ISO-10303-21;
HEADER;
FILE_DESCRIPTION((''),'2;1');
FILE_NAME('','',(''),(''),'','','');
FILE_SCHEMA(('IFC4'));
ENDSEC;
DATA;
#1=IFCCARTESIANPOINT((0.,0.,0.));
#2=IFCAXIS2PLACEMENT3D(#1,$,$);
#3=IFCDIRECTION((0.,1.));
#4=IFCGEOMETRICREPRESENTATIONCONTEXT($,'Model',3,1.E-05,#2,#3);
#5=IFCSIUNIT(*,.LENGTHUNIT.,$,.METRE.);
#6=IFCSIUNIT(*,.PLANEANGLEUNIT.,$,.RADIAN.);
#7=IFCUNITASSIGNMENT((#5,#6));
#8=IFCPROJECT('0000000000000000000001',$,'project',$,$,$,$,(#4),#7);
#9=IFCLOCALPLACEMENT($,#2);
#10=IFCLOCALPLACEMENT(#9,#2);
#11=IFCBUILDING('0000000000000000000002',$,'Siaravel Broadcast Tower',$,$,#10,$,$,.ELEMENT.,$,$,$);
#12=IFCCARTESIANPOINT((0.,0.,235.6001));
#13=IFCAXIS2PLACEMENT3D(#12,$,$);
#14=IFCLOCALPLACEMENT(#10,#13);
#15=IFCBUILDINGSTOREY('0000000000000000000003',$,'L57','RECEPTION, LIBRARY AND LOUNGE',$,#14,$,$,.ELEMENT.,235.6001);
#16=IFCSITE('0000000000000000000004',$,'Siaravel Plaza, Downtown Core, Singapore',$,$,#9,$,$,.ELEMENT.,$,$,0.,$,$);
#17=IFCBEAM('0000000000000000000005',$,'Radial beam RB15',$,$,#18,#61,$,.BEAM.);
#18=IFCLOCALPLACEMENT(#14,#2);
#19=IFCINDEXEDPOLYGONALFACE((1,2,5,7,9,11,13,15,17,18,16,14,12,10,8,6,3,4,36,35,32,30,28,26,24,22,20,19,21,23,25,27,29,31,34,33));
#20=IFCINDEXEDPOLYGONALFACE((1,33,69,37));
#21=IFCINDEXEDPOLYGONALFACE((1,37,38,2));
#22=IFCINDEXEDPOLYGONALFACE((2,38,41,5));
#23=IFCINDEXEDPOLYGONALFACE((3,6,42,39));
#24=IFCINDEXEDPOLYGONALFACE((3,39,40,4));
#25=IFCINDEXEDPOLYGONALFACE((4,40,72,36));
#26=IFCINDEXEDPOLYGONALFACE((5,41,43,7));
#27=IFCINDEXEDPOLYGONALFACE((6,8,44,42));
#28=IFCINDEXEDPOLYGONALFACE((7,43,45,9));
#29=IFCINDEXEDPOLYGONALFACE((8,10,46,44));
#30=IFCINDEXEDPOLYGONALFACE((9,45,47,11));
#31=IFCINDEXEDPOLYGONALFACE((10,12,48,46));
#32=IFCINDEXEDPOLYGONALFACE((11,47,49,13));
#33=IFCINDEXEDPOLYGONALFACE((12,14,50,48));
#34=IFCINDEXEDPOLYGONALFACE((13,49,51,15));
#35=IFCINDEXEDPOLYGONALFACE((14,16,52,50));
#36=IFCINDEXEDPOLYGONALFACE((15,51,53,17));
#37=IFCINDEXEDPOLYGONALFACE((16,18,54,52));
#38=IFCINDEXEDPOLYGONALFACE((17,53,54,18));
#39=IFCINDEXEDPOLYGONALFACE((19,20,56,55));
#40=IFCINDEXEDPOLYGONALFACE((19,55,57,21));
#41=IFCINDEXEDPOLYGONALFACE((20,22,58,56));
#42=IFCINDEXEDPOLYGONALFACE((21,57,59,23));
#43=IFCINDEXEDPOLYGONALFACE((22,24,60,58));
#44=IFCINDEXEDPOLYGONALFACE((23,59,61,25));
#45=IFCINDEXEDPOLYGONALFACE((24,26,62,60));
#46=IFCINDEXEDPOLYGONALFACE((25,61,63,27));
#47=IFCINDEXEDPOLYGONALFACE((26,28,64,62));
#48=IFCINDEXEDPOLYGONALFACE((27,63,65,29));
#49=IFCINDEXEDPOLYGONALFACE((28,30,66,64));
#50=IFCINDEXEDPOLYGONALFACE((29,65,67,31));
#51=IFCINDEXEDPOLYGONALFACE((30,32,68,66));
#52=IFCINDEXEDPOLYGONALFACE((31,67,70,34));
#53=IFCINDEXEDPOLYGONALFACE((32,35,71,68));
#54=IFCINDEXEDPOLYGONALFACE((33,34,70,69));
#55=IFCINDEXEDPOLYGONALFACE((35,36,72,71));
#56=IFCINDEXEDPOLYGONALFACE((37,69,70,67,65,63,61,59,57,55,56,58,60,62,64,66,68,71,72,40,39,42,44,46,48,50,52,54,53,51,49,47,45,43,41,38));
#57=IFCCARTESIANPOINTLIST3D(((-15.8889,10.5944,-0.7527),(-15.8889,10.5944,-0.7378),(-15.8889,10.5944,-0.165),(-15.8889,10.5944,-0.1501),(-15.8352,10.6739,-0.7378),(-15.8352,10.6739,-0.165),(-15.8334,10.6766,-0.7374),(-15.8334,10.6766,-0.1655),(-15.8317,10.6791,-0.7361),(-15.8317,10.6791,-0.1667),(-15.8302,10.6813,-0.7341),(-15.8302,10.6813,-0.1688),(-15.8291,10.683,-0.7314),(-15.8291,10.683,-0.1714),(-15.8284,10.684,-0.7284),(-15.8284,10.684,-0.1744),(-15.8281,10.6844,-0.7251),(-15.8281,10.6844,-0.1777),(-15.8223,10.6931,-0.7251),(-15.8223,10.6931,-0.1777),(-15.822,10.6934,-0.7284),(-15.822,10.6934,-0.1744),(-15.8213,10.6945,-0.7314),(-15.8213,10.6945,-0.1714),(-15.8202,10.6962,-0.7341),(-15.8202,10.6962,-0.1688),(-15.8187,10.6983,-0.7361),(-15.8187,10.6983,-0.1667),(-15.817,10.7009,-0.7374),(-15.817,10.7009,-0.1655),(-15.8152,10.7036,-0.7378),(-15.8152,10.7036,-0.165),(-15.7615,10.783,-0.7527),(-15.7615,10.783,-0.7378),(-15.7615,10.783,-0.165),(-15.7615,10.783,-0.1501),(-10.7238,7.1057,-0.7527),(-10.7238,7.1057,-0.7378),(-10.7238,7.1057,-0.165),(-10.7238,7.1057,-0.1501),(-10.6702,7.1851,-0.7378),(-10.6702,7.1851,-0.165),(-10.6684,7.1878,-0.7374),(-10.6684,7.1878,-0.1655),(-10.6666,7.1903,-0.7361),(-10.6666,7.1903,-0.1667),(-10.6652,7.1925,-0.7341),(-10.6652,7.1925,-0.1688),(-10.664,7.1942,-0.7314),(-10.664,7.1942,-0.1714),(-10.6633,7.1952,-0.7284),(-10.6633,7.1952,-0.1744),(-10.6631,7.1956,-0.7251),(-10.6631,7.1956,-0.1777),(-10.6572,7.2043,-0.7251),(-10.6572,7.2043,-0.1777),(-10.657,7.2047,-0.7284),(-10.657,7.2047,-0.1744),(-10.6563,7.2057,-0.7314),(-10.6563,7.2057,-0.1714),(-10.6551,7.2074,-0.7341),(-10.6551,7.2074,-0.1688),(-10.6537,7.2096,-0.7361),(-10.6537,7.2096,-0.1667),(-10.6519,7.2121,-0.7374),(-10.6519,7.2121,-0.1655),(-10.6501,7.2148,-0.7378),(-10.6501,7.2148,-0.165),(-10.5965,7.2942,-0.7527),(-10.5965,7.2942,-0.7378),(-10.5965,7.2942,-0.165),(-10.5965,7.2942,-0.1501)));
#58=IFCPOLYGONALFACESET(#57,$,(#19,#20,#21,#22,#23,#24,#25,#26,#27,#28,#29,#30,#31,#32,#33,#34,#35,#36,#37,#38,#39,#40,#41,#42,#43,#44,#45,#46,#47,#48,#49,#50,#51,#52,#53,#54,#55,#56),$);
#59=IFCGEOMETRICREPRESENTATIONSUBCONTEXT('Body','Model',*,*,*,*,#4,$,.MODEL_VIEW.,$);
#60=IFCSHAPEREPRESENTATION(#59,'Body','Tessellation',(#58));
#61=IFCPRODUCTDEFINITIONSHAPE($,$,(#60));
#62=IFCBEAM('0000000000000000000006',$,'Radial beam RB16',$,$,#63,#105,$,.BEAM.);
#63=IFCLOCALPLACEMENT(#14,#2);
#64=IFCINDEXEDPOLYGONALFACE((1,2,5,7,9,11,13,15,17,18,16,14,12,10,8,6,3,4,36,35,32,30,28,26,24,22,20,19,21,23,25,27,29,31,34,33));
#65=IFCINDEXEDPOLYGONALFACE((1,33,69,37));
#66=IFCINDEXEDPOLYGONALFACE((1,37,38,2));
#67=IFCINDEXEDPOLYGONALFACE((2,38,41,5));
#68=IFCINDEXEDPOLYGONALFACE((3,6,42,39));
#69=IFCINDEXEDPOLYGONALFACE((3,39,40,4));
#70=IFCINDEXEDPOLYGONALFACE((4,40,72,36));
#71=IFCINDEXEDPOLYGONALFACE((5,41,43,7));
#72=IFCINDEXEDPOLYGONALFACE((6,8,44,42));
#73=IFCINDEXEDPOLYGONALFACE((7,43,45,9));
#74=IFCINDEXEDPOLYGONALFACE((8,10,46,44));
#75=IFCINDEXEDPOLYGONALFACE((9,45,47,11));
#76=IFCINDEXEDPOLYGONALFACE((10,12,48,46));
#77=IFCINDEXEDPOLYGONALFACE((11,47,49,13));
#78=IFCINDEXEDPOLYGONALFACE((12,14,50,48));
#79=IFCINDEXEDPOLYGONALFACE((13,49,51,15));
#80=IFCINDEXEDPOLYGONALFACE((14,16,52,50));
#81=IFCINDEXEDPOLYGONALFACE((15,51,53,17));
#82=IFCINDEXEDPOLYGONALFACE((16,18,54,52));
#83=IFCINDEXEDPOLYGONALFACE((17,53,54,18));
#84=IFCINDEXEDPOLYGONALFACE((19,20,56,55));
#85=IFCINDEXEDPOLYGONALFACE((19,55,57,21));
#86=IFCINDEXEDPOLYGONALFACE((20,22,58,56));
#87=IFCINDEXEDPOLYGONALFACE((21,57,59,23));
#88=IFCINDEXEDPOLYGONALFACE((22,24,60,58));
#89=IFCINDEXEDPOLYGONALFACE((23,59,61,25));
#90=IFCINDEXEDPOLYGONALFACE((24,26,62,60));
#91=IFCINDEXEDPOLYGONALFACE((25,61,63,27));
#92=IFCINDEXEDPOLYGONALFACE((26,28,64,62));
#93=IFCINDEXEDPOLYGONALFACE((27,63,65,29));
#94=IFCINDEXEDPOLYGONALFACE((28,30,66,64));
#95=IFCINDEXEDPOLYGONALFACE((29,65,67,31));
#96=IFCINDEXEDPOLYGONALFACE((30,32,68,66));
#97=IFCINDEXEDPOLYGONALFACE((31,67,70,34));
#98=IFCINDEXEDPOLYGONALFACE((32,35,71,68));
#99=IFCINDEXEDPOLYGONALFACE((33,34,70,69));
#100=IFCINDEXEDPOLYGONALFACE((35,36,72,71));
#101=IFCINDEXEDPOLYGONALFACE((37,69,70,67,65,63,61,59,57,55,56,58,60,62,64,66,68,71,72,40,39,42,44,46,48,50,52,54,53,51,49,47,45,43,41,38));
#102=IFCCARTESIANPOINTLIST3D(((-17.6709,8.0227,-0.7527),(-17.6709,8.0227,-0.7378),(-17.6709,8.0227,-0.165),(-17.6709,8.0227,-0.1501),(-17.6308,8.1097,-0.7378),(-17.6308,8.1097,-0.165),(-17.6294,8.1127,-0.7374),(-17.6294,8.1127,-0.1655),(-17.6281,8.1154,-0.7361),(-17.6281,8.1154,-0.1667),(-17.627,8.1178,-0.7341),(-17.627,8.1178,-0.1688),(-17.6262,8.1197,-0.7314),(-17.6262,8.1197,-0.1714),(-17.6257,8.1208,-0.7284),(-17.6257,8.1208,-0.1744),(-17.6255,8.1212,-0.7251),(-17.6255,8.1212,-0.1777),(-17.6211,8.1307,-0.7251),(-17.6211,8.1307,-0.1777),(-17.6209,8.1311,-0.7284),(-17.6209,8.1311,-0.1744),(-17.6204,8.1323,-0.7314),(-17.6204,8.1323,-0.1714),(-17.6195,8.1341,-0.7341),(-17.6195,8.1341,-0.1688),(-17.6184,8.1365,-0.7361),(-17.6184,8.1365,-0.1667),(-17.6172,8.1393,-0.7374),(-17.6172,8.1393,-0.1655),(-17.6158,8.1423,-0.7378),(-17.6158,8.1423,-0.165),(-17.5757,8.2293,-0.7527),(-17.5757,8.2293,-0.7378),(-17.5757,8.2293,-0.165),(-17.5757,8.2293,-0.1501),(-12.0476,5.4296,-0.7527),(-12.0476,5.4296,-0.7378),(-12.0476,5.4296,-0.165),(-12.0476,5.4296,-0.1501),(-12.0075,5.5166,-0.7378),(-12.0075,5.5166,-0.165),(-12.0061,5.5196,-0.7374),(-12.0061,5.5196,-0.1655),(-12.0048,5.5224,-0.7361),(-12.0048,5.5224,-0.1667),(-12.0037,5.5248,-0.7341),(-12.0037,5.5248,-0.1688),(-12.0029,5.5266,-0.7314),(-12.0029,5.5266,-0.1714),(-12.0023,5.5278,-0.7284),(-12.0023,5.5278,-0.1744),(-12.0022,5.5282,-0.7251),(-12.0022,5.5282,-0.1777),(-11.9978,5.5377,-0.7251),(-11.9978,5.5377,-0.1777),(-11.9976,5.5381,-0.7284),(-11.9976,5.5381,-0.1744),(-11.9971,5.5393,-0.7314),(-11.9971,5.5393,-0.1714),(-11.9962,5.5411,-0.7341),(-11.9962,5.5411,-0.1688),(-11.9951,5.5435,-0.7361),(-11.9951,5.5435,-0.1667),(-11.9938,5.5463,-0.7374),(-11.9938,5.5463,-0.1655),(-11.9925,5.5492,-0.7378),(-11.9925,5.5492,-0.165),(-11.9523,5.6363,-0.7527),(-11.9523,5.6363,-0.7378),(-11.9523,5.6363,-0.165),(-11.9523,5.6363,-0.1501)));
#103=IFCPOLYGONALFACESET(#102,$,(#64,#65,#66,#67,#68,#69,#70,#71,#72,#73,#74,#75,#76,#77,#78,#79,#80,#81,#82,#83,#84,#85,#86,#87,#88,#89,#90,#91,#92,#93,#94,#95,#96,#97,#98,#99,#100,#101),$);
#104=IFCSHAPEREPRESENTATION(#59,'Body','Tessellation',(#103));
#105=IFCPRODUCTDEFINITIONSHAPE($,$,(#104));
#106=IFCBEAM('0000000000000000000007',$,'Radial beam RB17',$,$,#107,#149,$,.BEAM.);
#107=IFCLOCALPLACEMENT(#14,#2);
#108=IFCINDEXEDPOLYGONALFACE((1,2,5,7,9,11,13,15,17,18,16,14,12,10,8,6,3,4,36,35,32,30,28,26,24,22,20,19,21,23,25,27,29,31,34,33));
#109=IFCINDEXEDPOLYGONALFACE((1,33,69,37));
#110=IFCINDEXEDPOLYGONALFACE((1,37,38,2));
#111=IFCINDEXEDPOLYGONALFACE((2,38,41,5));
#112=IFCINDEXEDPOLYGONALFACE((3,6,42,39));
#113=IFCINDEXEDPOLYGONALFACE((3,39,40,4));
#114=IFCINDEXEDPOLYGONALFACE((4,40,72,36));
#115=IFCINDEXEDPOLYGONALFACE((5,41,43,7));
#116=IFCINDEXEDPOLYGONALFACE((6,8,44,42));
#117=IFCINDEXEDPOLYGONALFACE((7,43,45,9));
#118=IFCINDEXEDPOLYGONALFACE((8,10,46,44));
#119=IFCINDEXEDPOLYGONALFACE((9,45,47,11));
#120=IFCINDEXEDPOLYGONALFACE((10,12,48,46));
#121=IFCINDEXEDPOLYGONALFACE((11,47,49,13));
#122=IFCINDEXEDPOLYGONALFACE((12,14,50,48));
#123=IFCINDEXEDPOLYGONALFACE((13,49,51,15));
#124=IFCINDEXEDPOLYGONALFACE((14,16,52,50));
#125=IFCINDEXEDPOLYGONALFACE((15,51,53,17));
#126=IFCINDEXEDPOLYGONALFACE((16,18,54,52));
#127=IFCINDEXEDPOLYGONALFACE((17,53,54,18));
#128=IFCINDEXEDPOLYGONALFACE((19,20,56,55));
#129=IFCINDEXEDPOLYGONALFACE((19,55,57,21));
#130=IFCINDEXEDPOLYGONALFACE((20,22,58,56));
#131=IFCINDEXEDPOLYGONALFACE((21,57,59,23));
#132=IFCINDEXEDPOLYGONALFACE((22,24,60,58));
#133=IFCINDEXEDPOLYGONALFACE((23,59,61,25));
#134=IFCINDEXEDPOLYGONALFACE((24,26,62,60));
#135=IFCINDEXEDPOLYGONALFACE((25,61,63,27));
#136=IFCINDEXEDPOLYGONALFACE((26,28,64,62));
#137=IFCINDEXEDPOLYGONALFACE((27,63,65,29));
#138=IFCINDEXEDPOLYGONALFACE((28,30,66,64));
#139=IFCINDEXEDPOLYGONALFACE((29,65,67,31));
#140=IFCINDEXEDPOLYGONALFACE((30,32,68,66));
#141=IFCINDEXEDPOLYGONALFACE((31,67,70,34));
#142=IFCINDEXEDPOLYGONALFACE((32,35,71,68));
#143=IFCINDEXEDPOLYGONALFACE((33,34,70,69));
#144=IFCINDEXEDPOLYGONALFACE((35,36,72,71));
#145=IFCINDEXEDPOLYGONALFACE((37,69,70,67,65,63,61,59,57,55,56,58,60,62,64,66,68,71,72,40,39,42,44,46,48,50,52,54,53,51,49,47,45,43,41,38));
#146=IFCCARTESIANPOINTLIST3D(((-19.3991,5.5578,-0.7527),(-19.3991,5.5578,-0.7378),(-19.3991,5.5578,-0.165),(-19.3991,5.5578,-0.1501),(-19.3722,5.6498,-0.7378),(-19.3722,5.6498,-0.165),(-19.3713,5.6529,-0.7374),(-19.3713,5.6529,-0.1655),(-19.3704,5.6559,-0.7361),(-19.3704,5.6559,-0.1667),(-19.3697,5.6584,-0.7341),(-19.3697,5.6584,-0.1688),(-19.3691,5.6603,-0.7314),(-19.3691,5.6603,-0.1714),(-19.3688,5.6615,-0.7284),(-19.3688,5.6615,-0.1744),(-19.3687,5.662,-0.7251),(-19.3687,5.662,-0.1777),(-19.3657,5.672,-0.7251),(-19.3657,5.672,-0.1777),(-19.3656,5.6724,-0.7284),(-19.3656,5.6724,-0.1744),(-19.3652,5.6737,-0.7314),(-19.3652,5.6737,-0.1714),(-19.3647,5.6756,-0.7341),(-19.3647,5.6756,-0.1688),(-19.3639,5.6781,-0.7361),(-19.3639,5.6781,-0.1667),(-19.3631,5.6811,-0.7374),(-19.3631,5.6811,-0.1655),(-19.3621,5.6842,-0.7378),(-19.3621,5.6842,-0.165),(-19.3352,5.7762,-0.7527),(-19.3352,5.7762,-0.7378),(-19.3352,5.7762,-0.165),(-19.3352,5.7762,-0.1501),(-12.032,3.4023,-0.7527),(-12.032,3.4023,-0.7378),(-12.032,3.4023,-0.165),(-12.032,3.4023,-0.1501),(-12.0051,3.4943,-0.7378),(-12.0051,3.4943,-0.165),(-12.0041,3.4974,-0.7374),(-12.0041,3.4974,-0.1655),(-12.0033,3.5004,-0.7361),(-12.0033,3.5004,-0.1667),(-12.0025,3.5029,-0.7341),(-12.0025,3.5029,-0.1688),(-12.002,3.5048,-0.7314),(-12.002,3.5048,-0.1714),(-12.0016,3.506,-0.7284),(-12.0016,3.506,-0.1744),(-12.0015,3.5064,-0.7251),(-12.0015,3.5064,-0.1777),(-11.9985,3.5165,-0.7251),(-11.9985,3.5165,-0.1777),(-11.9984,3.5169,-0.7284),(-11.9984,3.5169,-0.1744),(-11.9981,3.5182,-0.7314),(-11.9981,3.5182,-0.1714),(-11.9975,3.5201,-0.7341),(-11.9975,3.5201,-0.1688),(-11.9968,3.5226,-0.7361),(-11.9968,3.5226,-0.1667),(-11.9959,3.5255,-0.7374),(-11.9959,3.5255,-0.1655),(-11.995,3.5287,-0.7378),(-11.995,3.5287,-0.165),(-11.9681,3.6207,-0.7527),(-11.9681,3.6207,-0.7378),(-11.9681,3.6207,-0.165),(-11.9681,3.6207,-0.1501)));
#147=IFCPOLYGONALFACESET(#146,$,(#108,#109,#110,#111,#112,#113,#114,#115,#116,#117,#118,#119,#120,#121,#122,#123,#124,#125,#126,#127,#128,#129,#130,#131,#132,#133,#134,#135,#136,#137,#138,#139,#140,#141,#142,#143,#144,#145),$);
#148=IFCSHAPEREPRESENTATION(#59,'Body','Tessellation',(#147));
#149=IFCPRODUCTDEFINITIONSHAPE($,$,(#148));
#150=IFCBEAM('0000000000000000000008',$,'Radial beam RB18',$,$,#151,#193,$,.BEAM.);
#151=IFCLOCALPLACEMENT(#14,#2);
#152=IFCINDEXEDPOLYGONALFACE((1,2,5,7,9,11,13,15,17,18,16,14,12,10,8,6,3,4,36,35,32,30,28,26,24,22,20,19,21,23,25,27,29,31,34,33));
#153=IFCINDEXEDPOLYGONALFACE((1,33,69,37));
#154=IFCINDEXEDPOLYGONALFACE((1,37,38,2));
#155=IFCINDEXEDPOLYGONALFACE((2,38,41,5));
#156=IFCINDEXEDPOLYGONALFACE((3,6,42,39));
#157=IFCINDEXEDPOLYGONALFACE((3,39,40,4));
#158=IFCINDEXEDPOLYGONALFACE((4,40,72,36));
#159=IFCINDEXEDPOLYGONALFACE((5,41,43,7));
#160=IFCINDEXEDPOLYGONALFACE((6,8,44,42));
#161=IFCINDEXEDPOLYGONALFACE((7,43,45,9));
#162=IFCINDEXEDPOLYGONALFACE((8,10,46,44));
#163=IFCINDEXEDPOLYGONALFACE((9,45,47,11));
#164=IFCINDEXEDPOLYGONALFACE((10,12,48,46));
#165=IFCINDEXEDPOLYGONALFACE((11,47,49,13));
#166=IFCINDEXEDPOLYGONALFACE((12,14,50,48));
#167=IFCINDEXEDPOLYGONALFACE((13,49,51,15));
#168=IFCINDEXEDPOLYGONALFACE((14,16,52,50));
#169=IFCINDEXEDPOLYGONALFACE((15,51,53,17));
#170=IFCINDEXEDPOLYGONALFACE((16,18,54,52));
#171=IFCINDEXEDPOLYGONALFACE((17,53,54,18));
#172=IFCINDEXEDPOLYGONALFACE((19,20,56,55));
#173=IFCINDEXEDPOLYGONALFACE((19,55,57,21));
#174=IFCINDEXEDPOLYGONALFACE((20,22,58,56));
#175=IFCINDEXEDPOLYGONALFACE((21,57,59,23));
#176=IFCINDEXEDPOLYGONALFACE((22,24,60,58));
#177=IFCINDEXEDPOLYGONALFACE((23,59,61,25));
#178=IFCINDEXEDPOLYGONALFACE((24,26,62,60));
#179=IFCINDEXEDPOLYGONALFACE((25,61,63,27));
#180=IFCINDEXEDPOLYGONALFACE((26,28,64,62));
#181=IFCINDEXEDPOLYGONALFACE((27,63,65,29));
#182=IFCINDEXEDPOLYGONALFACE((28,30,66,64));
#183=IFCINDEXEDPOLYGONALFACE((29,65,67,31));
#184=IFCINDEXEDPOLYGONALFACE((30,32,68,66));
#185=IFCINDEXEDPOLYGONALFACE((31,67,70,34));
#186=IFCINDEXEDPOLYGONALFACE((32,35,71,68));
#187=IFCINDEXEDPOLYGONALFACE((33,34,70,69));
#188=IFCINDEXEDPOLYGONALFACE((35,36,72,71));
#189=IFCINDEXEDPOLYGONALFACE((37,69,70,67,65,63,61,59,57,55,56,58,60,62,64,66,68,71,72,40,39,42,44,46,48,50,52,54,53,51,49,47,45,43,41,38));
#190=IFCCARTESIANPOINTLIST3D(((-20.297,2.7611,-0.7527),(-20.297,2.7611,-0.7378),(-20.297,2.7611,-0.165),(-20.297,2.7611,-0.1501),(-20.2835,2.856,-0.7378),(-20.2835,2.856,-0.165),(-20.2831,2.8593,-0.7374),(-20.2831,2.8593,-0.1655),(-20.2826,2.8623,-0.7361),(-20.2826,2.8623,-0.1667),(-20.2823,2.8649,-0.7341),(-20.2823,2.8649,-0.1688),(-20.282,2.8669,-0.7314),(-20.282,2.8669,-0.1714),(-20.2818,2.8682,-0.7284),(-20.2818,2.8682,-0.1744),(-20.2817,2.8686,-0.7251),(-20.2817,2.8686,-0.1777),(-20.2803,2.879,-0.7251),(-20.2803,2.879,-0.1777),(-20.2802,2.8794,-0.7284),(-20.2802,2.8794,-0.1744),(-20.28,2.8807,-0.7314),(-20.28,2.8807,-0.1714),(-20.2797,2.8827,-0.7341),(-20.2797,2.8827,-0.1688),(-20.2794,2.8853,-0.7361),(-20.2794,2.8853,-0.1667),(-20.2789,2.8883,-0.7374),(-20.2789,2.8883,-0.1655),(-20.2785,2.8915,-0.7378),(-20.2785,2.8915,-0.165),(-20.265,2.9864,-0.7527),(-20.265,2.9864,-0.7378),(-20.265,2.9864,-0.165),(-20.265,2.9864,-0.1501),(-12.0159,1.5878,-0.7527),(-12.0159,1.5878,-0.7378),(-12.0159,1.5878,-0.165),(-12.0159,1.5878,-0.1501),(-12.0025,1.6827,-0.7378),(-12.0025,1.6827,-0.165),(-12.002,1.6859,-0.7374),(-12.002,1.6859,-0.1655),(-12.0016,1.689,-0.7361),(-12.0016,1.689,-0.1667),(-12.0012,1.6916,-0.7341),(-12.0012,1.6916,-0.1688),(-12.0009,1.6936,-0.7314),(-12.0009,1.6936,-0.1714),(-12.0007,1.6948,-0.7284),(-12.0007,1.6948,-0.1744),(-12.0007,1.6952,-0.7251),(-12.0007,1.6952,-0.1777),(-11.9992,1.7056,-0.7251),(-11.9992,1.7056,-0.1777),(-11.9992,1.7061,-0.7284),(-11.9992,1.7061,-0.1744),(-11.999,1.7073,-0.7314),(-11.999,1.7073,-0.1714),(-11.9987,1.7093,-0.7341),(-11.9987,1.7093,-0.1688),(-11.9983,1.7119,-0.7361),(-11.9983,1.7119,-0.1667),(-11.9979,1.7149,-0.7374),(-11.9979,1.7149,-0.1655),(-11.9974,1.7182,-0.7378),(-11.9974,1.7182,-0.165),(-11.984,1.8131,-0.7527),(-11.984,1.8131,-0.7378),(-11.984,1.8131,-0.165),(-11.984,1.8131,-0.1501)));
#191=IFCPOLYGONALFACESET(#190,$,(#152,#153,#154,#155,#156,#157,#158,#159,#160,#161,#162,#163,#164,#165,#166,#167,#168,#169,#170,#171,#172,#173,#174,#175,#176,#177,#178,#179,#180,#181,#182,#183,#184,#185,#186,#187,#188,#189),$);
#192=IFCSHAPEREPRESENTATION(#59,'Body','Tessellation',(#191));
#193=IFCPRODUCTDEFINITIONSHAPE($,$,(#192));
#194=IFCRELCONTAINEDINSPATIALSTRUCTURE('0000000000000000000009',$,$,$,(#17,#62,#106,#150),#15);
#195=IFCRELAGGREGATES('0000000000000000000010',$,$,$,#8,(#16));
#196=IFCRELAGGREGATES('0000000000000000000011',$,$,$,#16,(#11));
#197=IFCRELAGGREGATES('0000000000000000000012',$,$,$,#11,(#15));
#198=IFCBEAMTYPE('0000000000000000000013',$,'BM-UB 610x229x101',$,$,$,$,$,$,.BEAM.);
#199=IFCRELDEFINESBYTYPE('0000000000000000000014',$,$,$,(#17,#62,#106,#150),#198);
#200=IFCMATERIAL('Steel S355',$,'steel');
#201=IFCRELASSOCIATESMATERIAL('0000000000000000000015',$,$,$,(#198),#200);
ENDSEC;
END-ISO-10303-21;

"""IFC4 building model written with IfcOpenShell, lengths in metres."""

from ifc_helpers import new_model, si_unit, direction, frame, origin, origin_2d, place, context, subcontext, project, spatial, i_section, extrude, material, material_profile, profile_set, type_object, element, save


model = new_model("IFC4")

# Units and contexts
model_context = context("Model", 3, precision=1e-05, world=origin(), true_north=direction((0.0, 1.0)))
body_context = subcontext(model_context, "Body", "Model", "MODEL_VIEW")
ifc_project = project(units=[si_unit("LENGTHUNIT", "METRE"), si_unit("PLANEANGLEUNIT", "RADIAN")], contexts=[model_context])

# Site, building, storey
site_placement = place(None, origin())
site = spatial("IfcSite", under=ifc_project, at=site_placement, Name="Siaravel Plaza, Downtown Core, Singapore", CompositionType="ELEMENT", RefElevation=0.0)
building_placement = place(site_placement, origin())
building = spatial("IfcBuilding", under=site, at=building_placement, Name="Siaravel Broadcast Tower", CompositionType="ELEMENT")
storey_placement = place(building_placement, frame((0.0, 0.0, 235.6001)))
storey = spatial("IfcBuildingStorey", under=building, at=storey_placement, Name="L57", Description="RECEPTION, LIBRARY AND LOUNGE", CompositionType="ELEMENT", Elevation=235.6001)

# Beams
ifc_material_1 = material(Name="Steel S355", Category="steel")
ifc_material_profile_1 = material_profile(ifc_material_1, i_section(OverallWidth=0.2275, OverallDepth=0.6025, WebThickness=0.0105, FlangeThickness=0.0149, FilletRadius=0.0127, at=origin_2d()))
ifc_profile_set_1 = profile_set([ifc_material_profile_1], Name="Steel S355")
beam_type = type_object("IfcBeamType", Name="BM-UB 610x229x101", PredefinedType="BEAM", material=ifc_profile_set_1)
beam_1_placement = place(storey_placement, frame((-15.8252, 10.6887, -0.4514), z_axis=(0.828672, -0.559734, 0.0), x_axis=(0.559734, 0.828672, 0.0)))
element("IfcBeam", 1, at=beam_1_placement, inside=storey, type_object=beam_type, Name="Radial beam RB15", PredefinedType="BEAM", context=body_context, shape_type="SweptSolid", body=[
    extrude(i_section(OverallWidth=0.2275, OverallDepth=0.6025, WebThickness=0.0105, FlangeThickness=0.0149, FilletRadius=0.0127, at=origin_2d()), origin(), (0.0, 0.0, 1.0), 6.2329),
])
beam_2_placement = place(storey_placement, frame((-17.6233, 8.126, -0.4514), z_axis=(0.908104, -0.418746, 0.0), x_axis=(0.418746, 0.908104, 0.0)))
element("IfcBeam", 2, at=beam_2_placement, inside=storey, type_object=beam_type, Name="Radial beam RB16", PredefinedType="BEAM", context=body_context, shape_type="SweptSolid", body=[
    extrude(i_section(OverallWidth=0.2275, OverallDepth=0.6025, WebThickness=0.0105, FlangeThickness=0.0149, FilletRadius=0.0127, at=origin_2d()), origin(), (0.0, 0.0, 1.0), 6.1924),
])
beam_3_placement = place(storey_placement, frame((-19.3672, 5.667, -0.4514), z_axis=(0.959763, -0.280811, 0.0), x_axis=(0.280811, 0.959763, 0.0)))
element("IfcBeam", 3, at=beam_3_placement, inside=storey, type_object=beam_type, Name="Radial beam RB17", PredefinedType="BEAM", context=body_context, shape_type="SweptSolid", body=[
    extrude(i_section(OverallWidth=0.2275, OverallDepth=0.6025, WebThickness=0.0105, FlangeThickness=0.0149, FilletRadius=0.0127, at=origin_2d()), origin(), (0.0, 0.0, 1.0), 7.676),
])
beam_4_placement = place(storey_placement, frame((-20.281, 2.8738, -0.4514), z_axis=(0.990111, -0.140289, 0.0), x_axis=(0.140289, 0.990111, 0.0)))
element("IfcBeam", 4, at=beam_4_placement, inside=storey, type_object=beam_type, Name="Radial beam RB18", PredefinedType="BEAM", context=body_context, shape_type="SweptSolid", body=[
    extrude(i_section(OverallWidth=0.2275, OverallDepth=0.6025, WebThickness=0.0105, FlangeThickness=0.0149, FilletRadius=0.0127, at=origin_2d()), origin(), (0.0, 0.0, 1.0), 8.3638),
])

save(model, "model.ifc")
